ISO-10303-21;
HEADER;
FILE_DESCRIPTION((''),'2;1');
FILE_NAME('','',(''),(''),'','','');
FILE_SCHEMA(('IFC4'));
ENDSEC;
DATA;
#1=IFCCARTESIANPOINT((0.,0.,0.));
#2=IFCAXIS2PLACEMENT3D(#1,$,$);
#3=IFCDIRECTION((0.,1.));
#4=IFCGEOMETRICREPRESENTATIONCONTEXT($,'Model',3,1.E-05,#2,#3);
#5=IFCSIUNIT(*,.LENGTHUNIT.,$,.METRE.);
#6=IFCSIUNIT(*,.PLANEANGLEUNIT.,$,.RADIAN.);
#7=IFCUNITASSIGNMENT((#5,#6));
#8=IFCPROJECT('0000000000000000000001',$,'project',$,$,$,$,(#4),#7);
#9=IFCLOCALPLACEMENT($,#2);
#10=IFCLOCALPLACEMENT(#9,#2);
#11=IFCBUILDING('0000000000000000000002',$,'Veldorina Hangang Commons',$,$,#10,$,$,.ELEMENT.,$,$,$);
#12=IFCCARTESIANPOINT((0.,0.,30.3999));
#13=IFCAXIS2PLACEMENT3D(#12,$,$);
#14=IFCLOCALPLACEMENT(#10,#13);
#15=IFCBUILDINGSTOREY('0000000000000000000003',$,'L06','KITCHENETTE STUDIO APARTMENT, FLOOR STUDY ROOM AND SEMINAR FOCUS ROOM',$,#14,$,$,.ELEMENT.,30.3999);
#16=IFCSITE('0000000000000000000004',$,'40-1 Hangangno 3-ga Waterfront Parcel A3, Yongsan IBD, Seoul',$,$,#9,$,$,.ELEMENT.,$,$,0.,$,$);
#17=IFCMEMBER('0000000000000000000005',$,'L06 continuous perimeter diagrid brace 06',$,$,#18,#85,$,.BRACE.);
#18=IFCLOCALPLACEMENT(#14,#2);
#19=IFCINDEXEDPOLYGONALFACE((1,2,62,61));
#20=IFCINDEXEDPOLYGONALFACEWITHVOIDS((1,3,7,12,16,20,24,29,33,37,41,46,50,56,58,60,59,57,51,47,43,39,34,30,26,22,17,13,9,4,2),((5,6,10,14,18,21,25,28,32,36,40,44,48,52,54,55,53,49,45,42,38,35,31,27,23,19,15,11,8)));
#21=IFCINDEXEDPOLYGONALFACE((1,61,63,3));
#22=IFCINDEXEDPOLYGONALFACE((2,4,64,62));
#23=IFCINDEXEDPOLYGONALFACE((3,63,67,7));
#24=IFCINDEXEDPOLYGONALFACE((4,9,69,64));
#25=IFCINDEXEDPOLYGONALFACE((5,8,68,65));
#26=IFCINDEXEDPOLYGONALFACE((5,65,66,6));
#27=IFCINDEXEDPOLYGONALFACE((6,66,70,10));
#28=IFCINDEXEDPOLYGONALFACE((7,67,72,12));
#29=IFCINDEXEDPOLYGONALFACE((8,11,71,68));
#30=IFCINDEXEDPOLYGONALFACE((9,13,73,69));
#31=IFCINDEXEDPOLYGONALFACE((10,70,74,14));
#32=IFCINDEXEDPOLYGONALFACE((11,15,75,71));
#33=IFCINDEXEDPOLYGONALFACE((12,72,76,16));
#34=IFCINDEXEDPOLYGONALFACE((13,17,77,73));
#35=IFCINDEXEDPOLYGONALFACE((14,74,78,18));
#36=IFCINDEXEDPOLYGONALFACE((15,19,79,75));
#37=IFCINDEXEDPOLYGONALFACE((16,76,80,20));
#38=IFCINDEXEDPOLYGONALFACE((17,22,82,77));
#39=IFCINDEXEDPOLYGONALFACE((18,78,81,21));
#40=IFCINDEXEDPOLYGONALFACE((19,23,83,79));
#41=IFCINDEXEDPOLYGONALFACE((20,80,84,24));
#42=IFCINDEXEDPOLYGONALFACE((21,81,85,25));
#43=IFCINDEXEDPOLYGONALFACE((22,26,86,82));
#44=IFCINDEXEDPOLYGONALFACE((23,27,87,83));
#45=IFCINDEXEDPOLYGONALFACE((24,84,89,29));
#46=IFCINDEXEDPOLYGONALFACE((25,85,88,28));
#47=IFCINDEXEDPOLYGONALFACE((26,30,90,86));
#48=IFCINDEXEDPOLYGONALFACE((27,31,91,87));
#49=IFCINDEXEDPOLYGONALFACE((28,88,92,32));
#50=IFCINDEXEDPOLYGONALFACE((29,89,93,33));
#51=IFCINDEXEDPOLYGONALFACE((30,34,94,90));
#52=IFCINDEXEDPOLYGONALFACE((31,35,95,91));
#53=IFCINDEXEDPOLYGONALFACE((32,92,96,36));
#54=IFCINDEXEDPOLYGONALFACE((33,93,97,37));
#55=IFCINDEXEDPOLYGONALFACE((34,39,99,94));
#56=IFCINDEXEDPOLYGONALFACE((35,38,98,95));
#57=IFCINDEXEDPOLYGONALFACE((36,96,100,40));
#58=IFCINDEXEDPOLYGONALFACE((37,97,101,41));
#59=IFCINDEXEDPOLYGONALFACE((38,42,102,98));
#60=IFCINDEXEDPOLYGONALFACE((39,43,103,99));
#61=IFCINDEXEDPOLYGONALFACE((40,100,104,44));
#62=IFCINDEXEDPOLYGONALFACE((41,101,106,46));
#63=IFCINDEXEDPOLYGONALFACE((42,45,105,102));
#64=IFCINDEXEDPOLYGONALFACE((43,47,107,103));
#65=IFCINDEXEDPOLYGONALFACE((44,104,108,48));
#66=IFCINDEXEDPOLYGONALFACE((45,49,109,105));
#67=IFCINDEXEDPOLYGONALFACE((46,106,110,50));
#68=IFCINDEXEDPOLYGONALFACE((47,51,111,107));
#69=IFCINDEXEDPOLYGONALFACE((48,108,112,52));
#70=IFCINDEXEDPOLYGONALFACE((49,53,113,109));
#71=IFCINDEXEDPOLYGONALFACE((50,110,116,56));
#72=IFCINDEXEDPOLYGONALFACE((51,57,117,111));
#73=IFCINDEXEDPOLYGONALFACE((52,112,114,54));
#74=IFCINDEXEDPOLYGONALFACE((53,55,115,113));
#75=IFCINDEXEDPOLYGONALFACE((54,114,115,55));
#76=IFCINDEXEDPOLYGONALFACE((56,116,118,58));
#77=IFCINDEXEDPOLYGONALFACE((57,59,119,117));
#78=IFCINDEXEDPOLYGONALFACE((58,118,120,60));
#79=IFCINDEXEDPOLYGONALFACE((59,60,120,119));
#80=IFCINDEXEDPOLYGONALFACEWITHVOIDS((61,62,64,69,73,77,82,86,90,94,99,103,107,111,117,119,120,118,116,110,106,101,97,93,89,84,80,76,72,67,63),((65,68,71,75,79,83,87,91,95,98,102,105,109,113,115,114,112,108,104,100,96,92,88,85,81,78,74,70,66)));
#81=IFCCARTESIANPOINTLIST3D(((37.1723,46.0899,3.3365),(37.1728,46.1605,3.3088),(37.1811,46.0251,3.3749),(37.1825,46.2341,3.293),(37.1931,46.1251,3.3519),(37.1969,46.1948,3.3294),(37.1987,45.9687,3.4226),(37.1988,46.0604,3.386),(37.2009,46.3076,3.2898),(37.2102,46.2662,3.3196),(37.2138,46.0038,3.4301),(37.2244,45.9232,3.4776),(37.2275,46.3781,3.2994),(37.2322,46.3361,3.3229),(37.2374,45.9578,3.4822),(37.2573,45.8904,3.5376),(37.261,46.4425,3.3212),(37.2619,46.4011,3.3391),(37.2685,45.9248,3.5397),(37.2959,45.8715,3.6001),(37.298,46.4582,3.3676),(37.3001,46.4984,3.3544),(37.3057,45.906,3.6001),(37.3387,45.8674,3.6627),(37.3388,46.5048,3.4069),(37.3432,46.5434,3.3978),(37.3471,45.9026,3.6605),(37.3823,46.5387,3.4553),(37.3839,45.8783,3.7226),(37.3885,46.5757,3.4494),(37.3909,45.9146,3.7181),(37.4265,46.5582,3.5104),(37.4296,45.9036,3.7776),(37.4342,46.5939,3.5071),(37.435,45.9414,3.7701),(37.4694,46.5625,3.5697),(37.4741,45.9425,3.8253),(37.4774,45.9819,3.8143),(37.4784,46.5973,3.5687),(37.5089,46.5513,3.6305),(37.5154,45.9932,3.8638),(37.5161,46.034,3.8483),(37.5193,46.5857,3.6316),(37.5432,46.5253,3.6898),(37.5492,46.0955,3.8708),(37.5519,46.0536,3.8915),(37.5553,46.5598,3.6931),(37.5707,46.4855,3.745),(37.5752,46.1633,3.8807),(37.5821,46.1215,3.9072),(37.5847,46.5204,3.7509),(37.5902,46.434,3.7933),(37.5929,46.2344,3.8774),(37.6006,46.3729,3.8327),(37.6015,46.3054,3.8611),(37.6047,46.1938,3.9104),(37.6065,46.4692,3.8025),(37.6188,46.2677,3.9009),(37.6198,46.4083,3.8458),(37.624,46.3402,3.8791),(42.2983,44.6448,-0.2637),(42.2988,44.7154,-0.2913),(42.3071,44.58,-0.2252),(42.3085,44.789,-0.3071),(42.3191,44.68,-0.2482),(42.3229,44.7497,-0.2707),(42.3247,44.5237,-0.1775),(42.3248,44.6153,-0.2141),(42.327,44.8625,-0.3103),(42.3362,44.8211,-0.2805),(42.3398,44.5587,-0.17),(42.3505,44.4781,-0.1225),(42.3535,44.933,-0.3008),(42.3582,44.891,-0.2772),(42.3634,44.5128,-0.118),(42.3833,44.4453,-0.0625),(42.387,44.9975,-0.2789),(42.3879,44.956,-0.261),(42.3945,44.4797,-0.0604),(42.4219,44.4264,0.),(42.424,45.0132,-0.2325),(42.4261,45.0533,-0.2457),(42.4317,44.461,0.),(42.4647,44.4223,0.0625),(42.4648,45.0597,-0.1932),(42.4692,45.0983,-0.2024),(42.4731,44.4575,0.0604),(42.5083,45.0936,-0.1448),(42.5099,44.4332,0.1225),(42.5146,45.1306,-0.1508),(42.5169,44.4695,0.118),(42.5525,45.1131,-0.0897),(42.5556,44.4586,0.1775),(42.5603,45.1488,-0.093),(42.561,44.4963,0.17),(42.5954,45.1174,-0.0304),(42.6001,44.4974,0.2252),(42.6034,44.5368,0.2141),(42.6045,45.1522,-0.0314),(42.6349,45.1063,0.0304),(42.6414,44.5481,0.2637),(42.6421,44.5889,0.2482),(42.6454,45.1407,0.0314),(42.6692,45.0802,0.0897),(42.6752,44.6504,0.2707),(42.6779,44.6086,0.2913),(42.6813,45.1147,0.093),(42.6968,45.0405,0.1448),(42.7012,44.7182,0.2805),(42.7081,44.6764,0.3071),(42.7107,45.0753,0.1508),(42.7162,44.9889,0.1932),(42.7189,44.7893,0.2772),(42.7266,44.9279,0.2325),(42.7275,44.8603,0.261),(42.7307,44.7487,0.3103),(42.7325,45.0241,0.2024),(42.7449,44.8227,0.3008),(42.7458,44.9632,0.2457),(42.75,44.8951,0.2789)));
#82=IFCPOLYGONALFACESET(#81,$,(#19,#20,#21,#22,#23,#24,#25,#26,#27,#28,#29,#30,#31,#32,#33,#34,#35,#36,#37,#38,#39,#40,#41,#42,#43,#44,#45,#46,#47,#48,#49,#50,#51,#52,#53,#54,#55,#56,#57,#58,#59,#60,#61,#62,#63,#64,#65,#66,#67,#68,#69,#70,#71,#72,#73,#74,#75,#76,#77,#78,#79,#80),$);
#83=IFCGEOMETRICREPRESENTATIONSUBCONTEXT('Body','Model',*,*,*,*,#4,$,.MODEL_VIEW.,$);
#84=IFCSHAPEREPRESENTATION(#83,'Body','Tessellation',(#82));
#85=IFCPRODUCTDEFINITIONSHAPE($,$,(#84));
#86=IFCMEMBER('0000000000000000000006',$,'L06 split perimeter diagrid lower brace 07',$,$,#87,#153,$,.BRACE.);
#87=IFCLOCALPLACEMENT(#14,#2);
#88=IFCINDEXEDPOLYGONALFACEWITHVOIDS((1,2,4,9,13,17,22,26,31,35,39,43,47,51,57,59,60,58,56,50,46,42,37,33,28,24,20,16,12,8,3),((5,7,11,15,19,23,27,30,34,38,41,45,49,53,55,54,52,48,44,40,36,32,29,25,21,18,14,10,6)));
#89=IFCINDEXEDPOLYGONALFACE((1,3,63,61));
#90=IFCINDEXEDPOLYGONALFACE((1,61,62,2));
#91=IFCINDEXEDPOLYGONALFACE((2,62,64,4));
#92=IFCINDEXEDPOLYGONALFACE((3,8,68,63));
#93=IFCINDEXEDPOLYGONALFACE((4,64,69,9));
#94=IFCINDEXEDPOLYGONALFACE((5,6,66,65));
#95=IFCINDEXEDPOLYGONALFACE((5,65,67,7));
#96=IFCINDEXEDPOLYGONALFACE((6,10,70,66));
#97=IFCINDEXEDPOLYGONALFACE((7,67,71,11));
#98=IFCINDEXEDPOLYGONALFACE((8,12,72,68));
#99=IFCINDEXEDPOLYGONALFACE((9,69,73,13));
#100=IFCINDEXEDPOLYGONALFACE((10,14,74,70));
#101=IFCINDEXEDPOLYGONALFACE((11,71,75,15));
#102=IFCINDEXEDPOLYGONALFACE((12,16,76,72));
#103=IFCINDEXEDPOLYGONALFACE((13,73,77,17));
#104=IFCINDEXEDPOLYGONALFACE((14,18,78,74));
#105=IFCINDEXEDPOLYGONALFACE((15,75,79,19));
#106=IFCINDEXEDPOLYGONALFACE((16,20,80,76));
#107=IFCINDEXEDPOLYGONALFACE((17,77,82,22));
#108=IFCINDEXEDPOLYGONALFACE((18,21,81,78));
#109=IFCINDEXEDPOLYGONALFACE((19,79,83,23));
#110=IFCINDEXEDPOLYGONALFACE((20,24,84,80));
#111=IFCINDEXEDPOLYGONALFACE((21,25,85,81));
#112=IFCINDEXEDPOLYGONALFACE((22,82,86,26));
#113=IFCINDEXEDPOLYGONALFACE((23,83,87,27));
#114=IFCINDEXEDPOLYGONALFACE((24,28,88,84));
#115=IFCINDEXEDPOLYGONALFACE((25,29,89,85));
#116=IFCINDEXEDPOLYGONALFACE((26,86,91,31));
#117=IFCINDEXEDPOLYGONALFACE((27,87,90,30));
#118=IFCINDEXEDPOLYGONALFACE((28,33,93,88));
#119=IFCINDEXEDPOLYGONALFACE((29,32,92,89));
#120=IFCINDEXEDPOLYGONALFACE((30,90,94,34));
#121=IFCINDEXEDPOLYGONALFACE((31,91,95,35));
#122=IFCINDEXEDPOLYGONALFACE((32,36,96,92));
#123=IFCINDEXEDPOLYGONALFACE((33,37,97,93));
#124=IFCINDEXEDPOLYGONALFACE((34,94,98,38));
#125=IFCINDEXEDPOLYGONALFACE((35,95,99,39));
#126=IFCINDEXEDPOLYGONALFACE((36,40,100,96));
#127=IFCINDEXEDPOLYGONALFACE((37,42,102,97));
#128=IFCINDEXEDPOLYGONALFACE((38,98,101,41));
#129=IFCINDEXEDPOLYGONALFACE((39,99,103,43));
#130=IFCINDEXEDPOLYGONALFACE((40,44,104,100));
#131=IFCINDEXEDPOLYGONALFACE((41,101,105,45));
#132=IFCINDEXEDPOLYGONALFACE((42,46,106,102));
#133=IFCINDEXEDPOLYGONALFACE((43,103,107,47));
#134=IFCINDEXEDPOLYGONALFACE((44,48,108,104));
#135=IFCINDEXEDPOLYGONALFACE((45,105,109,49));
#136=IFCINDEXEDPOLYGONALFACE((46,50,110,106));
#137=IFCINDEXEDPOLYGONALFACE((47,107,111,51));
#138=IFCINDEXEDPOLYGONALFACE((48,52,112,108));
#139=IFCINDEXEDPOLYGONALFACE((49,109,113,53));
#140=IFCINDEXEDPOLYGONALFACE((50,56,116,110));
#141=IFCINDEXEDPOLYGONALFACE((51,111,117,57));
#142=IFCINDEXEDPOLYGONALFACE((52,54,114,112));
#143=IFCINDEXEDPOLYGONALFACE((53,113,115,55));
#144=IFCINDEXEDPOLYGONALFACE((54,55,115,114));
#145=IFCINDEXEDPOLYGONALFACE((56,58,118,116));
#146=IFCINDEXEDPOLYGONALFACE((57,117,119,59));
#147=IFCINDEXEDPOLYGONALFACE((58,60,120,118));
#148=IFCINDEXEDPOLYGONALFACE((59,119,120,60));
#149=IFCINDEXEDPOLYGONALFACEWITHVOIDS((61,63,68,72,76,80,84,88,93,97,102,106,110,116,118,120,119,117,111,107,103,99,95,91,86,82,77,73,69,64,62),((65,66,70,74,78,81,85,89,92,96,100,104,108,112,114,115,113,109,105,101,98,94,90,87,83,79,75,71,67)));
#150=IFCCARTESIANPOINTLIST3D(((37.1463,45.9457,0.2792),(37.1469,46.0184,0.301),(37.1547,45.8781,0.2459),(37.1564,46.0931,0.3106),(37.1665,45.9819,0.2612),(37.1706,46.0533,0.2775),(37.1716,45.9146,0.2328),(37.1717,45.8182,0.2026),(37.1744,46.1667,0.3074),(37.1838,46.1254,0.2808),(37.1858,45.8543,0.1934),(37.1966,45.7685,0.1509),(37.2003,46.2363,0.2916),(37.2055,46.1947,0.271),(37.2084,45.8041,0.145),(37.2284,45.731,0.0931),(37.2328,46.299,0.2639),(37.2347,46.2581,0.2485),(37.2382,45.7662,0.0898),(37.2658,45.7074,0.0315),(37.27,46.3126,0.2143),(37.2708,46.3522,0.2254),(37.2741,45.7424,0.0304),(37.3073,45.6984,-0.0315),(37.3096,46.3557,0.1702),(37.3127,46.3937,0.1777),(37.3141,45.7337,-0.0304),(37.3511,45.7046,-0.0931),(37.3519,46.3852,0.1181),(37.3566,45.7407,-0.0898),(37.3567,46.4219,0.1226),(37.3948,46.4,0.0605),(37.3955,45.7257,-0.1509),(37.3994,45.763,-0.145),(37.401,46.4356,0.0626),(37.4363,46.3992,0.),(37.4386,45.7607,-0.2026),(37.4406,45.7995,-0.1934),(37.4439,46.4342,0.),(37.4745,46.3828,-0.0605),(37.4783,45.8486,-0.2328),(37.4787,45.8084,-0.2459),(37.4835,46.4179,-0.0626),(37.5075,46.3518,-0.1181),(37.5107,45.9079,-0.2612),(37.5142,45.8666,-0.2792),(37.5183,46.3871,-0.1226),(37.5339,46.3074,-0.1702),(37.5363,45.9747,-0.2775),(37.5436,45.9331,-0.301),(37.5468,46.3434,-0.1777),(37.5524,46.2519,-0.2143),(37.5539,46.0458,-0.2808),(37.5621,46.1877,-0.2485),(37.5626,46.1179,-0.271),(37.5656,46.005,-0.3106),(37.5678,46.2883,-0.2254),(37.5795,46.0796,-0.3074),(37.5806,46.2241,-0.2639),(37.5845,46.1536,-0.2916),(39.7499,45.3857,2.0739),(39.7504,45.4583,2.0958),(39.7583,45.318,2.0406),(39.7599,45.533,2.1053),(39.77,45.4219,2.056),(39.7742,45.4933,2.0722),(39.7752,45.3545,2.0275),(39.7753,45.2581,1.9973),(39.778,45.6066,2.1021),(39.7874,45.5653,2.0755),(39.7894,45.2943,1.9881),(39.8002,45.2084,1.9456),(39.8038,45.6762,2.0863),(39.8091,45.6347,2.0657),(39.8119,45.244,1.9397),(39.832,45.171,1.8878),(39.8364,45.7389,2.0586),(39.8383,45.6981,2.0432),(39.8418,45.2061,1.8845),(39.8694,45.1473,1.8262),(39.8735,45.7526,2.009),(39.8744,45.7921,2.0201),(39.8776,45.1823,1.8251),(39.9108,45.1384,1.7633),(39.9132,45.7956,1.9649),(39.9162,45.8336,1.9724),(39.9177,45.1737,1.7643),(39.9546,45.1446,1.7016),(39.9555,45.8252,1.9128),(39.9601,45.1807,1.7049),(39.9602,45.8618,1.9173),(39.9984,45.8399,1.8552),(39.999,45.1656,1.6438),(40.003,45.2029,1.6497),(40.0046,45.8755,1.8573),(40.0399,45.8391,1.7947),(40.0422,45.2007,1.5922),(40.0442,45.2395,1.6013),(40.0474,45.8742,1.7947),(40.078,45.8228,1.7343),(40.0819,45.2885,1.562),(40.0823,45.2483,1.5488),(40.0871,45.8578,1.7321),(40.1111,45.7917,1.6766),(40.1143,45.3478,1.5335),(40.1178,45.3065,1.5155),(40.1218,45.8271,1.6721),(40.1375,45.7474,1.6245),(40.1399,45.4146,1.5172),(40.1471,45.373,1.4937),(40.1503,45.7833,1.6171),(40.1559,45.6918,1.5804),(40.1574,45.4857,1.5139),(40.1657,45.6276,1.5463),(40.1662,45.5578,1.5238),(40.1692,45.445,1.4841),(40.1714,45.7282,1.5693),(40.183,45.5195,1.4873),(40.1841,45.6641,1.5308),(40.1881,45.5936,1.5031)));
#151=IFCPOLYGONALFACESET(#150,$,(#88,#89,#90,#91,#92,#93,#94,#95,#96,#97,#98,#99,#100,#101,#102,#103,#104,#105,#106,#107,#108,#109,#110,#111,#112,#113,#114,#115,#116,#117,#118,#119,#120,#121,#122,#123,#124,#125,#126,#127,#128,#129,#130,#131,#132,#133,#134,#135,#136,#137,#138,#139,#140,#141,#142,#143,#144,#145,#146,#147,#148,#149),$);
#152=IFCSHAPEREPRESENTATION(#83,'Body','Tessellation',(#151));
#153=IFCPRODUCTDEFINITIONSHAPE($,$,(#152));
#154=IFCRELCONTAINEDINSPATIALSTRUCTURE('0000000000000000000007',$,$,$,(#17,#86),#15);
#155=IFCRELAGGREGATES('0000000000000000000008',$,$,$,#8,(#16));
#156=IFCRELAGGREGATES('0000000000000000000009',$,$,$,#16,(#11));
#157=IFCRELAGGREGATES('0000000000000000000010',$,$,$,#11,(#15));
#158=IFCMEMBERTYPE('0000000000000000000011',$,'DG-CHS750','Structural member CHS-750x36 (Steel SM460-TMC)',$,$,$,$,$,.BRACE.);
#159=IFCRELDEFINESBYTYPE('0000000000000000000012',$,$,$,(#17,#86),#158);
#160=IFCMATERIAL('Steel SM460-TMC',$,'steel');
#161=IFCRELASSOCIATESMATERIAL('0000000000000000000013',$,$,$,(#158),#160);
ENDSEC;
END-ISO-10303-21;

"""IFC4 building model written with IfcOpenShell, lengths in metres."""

from ifc_helpers import new_model, si_unit, direction, frame, origin, origin_2d, place, context, subcontext, project, spatial, hollow_circle, extrude, material, material_profile, profile_set, type_object, element, save


model = new_model("IFC4")

# Units and contexts
model_context = context("Model", 3, precision=1e-05, world=origin(), true_north=direction((0.0, 1.0)))
body_context = subcontext(model_context, "Body", "Model", "MODEL_VIEW")
ifc_project = project(units=[si_unit("LENGTHUNIT", "METRE"), si_unit("PLANEANGLEUNIT", "RADIAN")], contexts=[model_context])

# Site, building, storey
site_placement = place(None, origin())
site = spatial("IfcSite", under=ifc_project, at=site_placement, Name="40-1 Hangangno 3-ga Waterfront Parcel A3, Yongsan IBD, Seoul", CompositionType="ELEMENT", RefElevation=0.0)
building_placement = place(site_placement, origin())
building = spatial("IfcBuilding", under=site, at=building_placement, Name="Veldorina Hangang Commons", CompositionType="ELEMENT")
storey_placement = place(building_placement, frame((0.0, 0.0, 30.3999)))
storey = spatial("IfcBuildingStorey", under=building, at=storey_placement, Name="L06", Description="KITCHENETTE STUDIO APARTMENT, FLOOR STUDY ROOM AND SEMINAR FOCUS ROOM", CompositionType="ELEMENT", Elevation=30.3999)

# Shared definitions
ifc_material_1 = material(Name="Steel SM460-TMC", Category="steel")

# Members
ifc_material_profile_1 = material_profile(ifc_material_1, hollow_circle(Radius=0.375, WallThickness=0.0359, at=origin_2d()), Name="CHS-750x36")
ifc_profile_set_1 = profile_set([ifc_material_profile_1], Name="Steel SM460-TMC")
member_type = type_object("IfcMemberType", Name="DG-CHS750", Description="Structural member CHS-750x36 (Steel SM460-TMC)", PredefinedType="BRACE", material=ifc_profile_set_1)
member_1_placement = place(storey_placement, frame((42.5237, 44.7874, 0.0), z_axis=(-0.797393, 0.224794, 0.560029), x_axis=(-0.271335, -0.962485, 0.0)))
element("IfcMember", 1, at=member_1_placement, inside=storey, type_object=member_type, Name="L06 continuous perimeter diagrid brace 06", PredefinedType="BRACE", context=body_context, shape_type="SweptSolid", body=[
    extrude(hollow_circle(Radius=0.375, WallThickness=0.0359, at=origin_2d()), origin(), (0.0, 0.0, 1.0), 6.4285),
])
member_2_placement = place(storey_placement, frame((37.365, 46.0676, 0.0), z_axis=(0.810721, -0.174399, 0.558853), x_axis=(0.210305, 0.977636, 0.0)))
element("IfcMember", 2, at=member_2_placement, inside=storey, type_object=member_type, Name="L06 split perimeter diagrid lower brace 07", PredefinedType="BRACE", context=body_context, shape_type="SweptSolid", body=[
    extrude(hollow_circle(Radius=0.375, WallThickness=0.0359, at=origin_2d()), origin(), (0.0, 0.0, 1.0), 3.2114),
])

save(model, "model.ifc")
